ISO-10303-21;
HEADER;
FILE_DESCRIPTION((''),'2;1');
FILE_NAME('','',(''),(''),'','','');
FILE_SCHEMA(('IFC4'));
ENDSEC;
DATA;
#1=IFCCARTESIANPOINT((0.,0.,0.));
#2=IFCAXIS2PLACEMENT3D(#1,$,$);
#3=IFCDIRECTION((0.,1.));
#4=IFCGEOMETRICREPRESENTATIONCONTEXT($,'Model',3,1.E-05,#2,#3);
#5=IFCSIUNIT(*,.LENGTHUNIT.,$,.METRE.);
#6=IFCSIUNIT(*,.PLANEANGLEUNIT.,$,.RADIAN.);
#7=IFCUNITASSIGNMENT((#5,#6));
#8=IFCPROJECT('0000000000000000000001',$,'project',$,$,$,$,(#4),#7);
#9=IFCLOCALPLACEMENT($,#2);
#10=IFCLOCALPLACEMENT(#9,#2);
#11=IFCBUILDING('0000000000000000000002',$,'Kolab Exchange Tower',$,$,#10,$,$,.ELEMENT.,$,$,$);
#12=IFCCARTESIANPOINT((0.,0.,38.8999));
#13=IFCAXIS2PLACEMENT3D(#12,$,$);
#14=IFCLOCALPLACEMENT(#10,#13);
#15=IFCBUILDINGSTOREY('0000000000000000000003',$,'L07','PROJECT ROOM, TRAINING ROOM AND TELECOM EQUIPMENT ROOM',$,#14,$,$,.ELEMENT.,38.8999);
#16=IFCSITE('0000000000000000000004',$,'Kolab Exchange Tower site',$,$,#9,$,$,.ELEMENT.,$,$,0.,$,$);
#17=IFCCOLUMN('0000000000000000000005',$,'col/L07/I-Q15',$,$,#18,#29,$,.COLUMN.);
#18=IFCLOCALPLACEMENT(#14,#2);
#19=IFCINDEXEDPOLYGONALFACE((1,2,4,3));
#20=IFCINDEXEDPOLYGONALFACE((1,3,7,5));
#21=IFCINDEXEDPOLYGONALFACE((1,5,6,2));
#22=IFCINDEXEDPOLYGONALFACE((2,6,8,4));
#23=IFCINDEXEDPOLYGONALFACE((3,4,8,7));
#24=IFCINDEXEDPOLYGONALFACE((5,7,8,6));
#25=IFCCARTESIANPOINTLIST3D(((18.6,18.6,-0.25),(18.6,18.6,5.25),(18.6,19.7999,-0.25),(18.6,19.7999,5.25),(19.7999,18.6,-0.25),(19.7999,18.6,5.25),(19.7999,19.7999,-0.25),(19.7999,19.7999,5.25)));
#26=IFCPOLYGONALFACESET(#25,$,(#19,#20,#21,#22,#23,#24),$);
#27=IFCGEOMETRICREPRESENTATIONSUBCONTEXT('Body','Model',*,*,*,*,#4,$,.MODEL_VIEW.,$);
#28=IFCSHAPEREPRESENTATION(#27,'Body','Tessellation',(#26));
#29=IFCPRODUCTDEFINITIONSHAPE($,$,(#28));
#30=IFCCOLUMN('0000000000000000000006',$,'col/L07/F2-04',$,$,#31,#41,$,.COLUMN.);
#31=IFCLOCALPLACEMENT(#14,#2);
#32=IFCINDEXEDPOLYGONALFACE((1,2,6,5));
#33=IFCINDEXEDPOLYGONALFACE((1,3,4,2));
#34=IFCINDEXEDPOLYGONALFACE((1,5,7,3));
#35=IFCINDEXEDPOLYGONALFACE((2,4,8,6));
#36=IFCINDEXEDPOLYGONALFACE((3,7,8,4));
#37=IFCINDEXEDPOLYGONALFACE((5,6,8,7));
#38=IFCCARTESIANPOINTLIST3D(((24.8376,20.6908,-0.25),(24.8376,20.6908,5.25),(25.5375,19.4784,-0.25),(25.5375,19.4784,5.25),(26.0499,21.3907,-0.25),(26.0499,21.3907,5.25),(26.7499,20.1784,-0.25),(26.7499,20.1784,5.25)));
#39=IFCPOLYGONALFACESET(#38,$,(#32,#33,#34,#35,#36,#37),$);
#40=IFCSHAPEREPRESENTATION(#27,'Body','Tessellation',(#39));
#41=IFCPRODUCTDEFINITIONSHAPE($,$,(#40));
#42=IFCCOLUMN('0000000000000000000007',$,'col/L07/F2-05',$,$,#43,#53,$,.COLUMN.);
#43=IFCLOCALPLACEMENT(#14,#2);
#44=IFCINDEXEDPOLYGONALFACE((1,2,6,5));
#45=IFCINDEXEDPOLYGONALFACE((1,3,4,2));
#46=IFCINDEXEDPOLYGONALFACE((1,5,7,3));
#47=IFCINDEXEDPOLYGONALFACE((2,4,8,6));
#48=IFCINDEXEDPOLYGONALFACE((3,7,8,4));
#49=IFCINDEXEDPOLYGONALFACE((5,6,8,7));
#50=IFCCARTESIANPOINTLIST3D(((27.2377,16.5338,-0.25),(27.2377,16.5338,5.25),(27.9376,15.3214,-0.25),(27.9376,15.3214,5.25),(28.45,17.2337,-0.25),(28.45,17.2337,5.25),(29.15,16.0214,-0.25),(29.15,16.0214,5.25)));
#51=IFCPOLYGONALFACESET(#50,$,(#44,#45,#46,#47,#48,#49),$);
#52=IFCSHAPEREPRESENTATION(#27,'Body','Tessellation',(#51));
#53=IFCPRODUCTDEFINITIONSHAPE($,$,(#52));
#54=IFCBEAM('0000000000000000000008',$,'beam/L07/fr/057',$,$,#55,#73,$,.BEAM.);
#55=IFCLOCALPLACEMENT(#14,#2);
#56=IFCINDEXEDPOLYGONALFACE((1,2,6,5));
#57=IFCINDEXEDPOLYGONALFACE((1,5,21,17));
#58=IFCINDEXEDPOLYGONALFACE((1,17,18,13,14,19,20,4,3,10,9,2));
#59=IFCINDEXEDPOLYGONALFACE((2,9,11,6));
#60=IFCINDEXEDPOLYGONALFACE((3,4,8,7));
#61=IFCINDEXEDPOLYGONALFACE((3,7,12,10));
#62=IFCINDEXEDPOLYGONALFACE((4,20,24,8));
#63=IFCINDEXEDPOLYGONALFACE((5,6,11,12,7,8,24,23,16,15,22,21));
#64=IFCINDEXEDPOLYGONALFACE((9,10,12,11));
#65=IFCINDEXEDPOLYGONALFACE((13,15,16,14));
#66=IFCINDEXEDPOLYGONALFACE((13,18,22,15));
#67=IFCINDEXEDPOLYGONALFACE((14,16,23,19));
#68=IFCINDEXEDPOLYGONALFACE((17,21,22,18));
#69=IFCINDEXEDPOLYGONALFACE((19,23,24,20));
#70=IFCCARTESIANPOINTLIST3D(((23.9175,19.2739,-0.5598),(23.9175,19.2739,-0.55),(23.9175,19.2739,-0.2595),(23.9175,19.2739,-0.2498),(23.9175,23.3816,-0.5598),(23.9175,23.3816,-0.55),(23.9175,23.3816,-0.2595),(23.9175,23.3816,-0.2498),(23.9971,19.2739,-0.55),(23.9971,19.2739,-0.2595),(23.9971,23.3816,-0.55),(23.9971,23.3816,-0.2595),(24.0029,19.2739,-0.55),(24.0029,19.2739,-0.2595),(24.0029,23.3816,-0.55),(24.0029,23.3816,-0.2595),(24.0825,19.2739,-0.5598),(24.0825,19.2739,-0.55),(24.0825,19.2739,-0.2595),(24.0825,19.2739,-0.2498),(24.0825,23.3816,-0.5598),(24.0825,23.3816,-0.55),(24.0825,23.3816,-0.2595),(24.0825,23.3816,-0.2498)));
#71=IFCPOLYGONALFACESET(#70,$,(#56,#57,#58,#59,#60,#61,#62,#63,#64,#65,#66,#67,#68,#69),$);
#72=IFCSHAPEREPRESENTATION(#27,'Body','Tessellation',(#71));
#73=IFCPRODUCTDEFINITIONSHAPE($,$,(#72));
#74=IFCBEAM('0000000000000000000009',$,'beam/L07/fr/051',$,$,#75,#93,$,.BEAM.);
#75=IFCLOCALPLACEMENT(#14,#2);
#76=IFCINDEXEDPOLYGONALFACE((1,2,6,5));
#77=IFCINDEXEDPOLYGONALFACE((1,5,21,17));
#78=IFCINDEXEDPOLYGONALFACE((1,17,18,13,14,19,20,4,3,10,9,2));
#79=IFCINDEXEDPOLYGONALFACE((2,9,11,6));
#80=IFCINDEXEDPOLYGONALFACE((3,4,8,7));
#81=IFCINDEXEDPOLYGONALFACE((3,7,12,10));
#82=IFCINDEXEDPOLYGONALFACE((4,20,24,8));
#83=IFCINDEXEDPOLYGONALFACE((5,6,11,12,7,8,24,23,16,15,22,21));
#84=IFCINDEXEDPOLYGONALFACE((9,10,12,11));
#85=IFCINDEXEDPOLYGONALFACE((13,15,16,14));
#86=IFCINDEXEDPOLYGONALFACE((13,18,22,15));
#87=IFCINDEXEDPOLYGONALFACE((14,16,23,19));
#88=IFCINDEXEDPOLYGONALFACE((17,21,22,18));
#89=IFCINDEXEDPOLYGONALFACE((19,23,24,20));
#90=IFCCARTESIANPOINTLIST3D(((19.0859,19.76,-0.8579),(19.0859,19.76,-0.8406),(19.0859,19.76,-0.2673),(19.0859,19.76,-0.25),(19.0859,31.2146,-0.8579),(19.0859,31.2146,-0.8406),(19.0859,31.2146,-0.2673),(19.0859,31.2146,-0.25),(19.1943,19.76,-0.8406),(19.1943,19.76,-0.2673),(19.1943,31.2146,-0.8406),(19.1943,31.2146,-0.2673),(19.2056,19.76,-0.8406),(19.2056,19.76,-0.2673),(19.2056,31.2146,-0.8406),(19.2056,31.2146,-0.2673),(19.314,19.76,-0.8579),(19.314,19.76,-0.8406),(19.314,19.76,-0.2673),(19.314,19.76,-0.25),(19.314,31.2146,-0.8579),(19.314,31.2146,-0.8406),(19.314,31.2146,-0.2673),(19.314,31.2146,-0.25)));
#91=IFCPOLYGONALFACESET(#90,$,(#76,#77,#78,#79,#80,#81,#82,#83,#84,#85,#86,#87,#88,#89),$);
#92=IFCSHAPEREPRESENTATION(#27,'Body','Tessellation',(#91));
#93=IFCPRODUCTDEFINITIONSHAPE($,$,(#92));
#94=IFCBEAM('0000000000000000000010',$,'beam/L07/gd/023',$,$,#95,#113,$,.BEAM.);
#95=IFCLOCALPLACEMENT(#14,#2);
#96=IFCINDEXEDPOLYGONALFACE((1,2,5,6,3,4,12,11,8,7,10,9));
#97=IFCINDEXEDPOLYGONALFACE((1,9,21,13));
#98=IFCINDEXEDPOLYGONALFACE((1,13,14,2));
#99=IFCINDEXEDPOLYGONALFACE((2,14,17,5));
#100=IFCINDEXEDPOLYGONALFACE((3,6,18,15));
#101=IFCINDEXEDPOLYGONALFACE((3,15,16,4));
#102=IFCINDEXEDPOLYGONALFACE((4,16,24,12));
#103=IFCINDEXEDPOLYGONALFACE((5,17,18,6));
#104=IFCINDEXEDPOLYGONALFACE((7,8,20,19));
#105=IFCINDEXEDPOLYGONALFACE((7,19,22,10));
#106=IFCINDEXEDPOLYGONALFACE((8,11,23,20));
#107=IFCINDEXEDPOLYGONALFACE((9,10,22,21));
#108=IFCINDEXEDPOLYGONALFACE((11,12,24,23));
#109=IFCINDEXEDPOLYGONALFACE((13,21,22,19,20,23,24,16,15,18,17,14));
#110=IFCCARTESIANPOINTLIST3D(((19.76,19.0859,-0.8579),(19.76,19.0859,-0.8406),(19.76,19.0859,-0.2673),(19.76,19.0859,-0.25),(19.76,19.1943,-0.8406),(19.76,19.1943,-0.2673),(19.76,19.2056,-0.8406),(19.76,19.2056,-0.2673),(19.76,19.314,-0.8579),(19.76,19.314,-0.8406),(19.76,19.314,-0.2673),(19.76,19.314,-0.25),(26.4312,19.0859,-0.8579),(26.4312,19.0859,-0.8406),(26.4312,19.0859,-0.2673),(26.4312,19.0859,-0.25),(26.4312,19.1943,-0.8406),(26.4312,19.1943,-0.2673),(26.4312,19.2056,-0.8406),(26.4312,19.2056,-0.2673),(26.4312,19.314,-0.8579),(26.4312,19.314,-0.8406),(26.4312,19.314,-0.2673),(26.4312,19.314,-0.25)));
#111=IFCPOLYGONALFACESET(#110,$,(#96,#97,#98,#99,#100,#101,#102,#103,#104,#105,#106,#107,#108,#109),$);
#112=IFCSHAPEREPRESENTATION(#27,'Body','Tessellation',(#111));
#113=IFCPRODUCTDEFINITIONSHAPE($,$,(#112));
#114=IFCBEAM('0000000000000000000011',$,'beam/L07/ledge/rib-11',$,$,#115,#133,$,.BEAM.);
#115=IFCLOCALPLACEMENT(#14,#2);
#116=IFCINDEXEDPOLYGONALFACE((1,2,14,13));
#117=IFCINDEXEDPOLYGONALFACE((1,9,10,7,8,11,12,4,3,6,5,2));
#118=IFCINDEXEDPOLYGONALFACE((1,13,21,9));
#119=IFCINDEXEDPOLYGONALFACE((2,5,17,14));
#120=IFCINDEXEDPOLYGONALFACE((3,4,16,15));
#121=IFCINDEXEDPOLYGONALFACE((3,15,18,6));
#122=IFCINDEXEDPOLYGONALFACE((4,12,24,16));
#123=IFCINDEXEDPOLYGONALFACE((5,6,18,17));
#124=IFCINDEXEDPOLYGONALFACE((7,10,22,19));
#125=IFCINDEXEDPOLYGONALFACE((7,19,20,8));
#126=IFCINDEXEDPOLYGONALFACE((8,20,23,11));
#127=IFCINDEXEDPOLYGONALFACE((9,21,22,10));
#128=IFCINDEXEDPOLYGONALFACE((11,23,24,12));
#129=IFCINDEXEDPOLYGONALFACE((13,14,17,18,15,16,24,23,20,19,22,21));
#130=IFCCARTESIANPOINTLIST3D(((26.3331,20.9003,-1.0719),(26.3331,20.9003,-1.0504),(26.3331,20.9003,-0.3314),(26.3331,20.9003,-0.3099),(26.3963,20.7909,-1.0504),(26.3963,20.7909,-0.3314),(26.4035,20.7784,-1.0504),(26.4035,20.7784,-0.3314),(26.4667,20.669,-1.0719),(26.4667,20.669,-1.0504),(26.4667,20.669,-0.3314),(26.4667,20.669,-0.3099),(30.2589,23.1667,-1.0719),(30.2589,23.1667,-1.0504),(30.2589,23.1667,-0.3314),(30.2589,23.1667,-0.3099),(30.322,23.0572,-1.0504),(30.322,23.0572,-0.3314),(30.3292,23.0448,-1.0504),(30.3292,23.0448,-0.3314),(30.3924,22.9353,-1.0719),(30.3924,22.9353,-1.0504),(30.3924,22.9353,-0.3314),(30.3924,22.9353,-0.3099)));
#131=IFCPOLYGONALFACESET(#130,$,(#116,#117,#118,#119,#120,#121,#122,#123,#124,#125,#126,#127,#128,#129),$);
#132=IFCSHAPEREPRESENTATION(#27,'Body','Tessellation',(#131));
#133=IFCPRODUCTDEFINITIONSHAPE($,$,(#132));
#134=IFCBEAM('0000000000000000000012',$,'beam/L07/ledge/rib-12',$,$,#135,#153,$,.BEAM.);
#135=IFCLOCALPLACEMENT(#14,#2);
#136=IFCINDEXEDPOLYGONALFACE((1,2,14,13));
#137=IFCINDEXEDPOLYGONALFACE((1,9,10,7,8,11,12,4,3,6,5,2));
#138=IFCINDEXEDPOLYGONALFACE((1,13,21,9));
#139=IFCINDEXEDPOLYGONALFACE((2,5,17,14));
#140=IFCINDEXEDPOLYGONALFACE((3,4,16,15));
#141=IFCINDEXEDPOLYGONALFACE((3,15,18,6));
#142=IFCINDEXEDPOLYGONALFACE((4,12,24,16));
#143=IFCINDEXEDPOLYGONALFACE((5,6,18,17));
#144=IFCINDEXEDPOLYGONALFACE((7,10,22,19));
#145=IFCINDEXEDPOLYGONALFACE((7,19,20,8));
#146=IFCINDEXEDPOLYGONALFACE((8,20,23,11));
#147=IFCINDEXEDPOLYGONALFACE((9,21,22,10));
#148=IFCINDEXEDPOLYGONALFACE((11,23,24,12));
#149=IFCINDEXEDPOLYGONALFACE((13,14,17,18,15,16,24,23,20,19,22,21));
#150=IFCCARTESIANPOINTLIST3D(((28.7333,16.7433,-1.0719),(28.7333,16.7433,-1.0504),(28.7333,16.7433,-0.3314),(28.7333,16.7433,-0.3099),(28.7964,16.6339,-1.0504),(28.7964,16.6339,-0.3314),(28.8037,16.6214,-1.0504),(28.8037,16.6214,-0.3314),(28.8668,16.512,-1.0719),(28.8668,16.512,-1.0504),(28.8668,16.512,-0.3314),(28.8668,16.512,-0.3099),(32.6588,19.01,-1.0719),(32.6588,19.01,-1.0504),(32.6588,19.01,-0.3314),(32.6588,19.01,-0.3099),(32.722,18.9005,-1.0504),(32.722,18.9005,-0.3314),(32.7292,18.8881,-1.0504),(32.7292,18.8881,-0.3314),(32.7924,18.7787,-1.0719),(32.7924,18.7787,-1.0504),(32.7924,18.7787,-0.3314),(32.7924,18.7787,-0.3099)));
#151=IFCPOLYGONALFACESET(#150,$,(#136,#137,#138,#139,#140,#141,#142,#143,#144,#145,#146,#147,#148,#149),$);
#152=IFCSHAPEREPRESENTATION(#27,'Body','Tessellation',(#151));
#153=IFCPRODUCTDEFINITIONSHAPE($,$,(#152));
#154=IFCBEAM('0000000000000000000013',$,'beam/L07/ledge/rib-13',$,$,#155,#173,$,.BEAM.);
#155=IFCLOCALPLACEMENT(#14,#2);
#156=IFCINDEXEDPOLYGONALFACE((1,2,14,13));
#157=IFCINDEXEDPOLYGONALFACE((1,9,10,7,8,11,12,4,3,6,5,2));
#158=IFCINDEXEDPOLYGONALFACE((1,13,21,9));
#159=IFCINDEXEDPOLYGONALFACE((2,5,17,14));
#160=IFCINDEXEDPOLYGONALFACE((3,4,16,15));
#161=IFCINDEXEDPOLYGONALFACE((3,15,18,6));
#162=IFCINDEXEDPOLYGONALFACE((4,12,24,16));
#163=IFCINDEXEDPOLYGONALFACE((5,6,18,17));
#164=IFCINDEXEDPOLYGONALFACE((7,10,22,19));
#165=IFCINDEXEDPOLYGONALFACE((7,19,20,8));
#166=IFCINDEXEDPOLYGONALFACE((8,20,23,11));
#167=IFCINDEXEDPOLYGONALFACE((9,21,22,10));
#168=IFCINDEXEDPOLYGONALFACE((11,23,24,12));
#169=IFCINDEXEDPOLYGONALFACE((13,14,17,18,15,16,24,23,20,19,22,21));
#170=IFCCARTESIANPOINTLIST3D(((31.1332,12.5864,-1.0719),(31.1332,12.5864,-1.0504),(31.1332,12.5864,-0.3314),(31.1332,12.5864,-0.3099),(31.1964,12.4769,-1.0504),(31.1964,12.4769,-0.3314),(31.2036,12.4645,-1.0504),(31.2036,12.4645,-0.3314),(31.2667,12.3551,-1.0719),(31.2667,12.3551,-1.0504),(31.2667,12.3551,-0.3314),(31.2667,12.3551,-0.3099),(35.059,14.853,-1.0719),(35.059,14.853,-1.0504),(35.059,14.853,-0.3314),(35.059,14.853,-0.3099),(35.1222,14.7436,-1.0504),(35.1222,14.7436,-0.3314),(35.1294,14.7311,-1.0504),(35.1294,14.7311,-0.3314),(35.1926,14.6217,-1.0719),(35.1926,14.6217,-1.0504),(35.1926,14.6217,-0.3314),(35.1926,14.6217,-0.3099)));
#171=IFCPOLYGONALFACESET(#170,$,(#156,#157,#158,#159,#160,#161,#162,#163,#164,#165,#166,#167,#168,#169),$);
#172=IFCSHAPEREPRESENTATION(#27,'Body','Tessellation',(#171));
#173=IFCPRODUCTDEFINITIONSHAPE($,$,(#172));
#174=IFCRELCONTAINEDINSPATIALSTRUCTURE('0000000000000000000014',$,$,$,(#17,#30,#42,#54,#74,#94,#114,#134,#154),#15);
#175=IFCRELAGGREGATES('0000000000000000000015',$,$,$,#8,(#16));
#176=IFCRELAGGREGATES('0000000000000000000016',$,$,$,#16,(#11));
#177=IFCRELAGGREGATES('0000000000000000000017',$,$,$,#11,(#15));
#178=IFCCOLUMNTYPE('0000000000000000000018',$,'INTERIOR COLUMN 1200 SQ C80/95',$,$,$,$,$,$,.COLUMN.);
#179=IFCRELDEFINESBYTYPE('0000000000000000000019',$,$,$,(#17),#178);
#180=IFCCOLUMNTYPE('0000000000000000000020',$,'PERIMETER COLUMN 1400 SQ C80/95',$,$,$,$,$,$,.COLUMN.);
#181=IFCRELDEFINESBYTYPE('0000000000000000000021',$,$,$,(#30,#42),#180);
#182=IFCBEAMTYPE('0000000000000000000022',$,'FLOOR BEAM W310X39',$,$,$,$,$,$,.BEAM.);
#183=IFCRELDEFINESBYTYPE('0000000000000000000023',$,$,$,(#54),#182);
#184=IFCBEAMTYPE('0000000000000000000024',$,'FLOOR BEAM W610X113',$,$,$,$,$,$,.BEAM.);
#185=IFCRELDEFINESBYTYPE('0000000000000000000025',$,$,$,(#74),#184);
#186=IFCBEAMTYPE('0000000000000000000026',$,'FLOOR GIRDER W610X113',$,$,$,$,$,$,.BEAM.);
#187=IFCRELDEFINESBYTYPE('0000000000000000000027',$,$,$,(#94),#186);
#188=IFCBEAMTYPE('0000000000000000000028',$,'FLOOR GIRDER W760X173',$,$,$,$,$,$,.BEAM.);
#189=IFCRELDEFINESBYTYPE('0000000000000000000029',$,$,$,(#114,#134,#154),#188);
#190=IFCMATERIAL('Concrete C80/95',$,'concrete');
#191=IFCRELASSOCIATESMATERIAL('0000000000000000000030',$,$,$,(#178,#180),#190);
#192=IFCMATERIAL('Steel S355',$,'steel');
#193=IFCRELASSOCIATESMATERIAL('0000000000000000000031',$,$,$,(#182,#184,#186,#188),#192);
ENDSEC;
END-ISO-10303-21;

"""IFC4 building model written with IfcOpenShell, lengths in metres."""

from ifc_helpers import new_model, si_unit, direction, frame, origin, origin_2d, place, context, subcontext, project, spatial, rectangle, i_section, extrude, material, material_profile, profile_set, type_object, element, save


model = new_model("IFC4")

# Units and contexts
model_context = context("Model", 3, precision=1e-05, world=origin(), true_north=direction((0.0, 1.0)))
body_context = subcontext(model_context, "Body", "Model", "MODEL_VIEW")
ifc_project = project(units=[si_unit("LENGTHUNIT", "METRE"), si_unit("PLANEANGLEUNIT", "RADIAN")], contexts=[model_context])

# Site, building, storey
site_placement = place(None, origin())
site = spatial("IfcSite", under=ifc_project, at=site_placement, Name="Kolab Exchange Tower site", CompositionType="ELEMENT", RefElevation=0.0)
building_placement = place(site_placement, origin())
building = spatial("IfcBuilding", under=site, at=building_placement, Name="Kolab Exchange Tower", CompositionType="ELEMENT")
storey_placement = place(building_placement, frame((0.0, 0.0, 38.8999)))
storey = spatial("IfcBuildingStorey", under=building, at=storey_placement, Name="L07", Description="PROJECT ROOM, TRAINING ROOM AND TELECOM EQUIPMENT ROOM", CompositionType="ELEMENT", Elevation=38.8999)

# Columns
ifc_material_1 = material(Name="Concrete C80/95", Category="concrete")
ifc_material_profile_1 = material_profile(ifc_material_1, rectangle(XDim=1.2, YDim=1.2, at=origin_2d()), Name="RC1200")
ifc_profile_set_1 = profile_set([ifc_material_profile_1], Name="Concrete C80/95")
column_type_1 = type_object("IfcColumnType", Name="INTERIOR COLUMN 1200 SQ C80/95", PredefinedType="COLUMN", material=ifc_profile_set_1)
column_placement = place(storey_placement, frame((19.2, 19.2, -0.25), z_axis=(0.0, 0.0, 1.0), x_axis=(1.0, 0.0, 0.0)))
element("IfcColumn", 1, at=column_placement, inside=storey, type_object=column_type_1, Name="col/L07/I-Q15", PredefinedType="COLUMN", context=body_context, shape_type="SweptSolid", body=[
    extrude(rectangle(XDim=1.2, YDim=1.2, at=origin_2d()), origin(), (0.0, 0.0, 1.0), 5.5),
])
ifc_material_profile_2 = material_profile(ifc_material_1, rectangle(XDim=1.3999, YDim=1.3999, at=origin_2d()), Name="RC1400")
ifc_profile_set_2 = profile_set([ifc_material_profile_2], Name="Concrete C80/95")
column_type_2 = type_object("IfcColumnType", Name="PERIMETER COLUMN 1400 SQ C80/95", PredefinedType="COLUMN", material=ifc_profile_set_2)
for number, where, z_axis, x_axis, name in (
    (2, (25.7937, 20.4346, -0.25), (0.0, 0.0, 1.0), (0.866025, 0.5, 0.0), "col/L07/F2-04"),
    (3, (28.1938, 16.2776, -0.25), (0.0, 0.0, 1.0), (0.866025, 0.5, 0.0), "col/L07/F2-05"),
):
    element("IfcColumn", number, at=place(storey_placement, frame(where, z_axis=z_axis, x_axis=x_axis)), inside=storey, type_object=column_type_2, Name=name, PredefinedType="COLUMN", context=body_context, shape_type="SweptSolid", body=[
        extrude(rectangle(XDim=1.3999, YDim=1.3999, at=origin_2d()), origin(), (0.0, 0.0, 1.0), 5.5),
    ])

# Beams
ifc_material_2 = material(Name="Steel S355", Category="steel")
ifc_material_profile_3 = material_profile(ifc_material_2, i_section(OverallWidth=0.165, OverallDepth=0.3101, WebThickness=0.0059, FlangeThickness=0.0098, at=origin_2d()), Name="W310X39")
ifc_profile_set_3 = profile_set([ifc_material_profile_3], Name="Steel S355")
beam_type_1 = type_object("IfcBeamType", Name="FLOOR BEAM W310X39", PredefinedType="BEAM", material=ifc_profile_set_3)
beam_1_placement = place(storey_placement, frame((24.0, 19.2739, -0.4048), z_axis=(0.0, 1.0, 0.0), x_axis=(-1.0, 0.0, 0.0)))
element("IfcBeam", 4, at=beam_1_placement, inside=storey, type_object=beam_type_1, Name="beam/L07/fr/057", PredefinedType="BEAM", context=body_context, shape_type="SweptSolid", body=[
    extrude(i_section(OverallWidth=0.165, OverallDepth=0.3101, WebThickness=0.0059, FlangeThickness=0.0098, at=origin_2d()), origin(), (0.0, 0.0, 1.0), 4.1077),
])
ifc_material_profile_4 = material_profile(ifc_material_2, i_section(OverallWidth=0.228, OverallDepth=0.6079, WebThickness=0.0112, FlangeThickness=0.0173, at=origin_2d()), Name="W610X113")
ifc_profile_set_4 = profile_set([ifc_material_profile_4], Name="Steel S355")
beam_type_2 = type_object("IfcBeamType", Name="FLOOR BEAM W610X113", PredefinedType="BEAM", material=ifc_profile_set_4)
beam_2_placement = place(storey_placement, frame((19.2, 19.76, -0.554), z_axis=(0.0, 1.0, 0.0), x_axis=(-1.0, 0.0, 0.0)))
element("IfcBeam", 5, at=beam_2_placement, inside=storey, type_object=beam_type_2, Name="beam/L07/fr/051", PredefinedType="BEAM", context=body_context, shape_type="SweptSolid", body=[
    extrude(i_section(OverallWidth=0.228, OverallDepth=0.6079, WebThickness=0.0112, FlangeThickness=0.0173, at=origin_2d()), origin(), (0.0, 0.0, 1.0), 11.4546),
])
ifc_material_profile_5 = material_profile(ifc_material_2, i_section(OverallWidth=0.228, OverallDepth=0.6079, WebThickness=0.0112, FlangeThickness=0.0173, at=origin_2d()), Name="W610X113")
ifc_profile_set_5 = profile_set([ifc_material_profile_5], Name="Steel S355")
beam_type_3 = type_object("IfcBeamType", Name="FLOOR GIRDER W610X113", PredefinedType="BEAM", material=ifc_profile_set_5)
beam_3_placement = place(storey_placement, frame((19.76, 19.2, -0.554), z_axis=(1.0, 0.0, 0.0), x_axis=(0.0, 1.0, 0.0)))
element("IfcBeam", 6, at=beam_3_placement, inside=storey, type_object=beam_type_3, Name="beam/L07/gd/023", PredefinedType="BEAM", context=body_context, shape_type="SweptSolid", body=[
    extrude(i_section(OverallWidth=0.228, OverallDepth=0.6079, WebThickness=0.0112, FlangeThickness=0.0173, at=origin_2d()), origin(), (0.0, 0.0, 1.0), 6.6711),
])
ifc_material_profile_6 = material_profile(ifc_material_2, i_section(OverallWidth=0.2671, OverallDepth=0.762, WebThickness=0.0144, FlangeThickness=0.0215, at=origin_2d()), Name="W760X173")
ifc_profile_set_6 = profile_set([ifc_material_profile_6], Name="Steel S355")
beam_type_4 = type_object("IfcBeamType", Name="FLOOR GIRDER W760X173", PredefinedType="BEAM", material=ifc_profile_set_6)
for number, where, z_axis, x_axis, name in (
    (7, (26.3999, 20.7847, -0.6909), (0.866044, 0.499968, 0.0), (-0.499968, 0.866044, 0.0), "beam/L07/ledge/rib-11"),
    (8, (28.8, 16.6277, -0.6909), (0.866007, 0.500032, 0.0), (-0.500032, 0.866007, 0.0), "beam/L07/ledge/rib-12"),
):
    element("IfcBeam", number, at=place(storey_placement, frame(where, z_axis=z_axis, x_axis=x_axis)), inside=storey, type_object=beam_type_4, Name=name, PredefinedType="BEAM", context=body_context, shape_type="SweptSolid", body=[
        extrude(i_section(OverallWidth=0.2671, OverallDepth=0.762, WebThickness=0.0144, FlangeThickness=0.0215, at=origin_2d()), origin(), (0.0, 0.0, 1.0), 4.533),
    ])
beam_4_placement = place(storey_placement, frame((31.2, 12.4707, -0.6909), z_axis=(0.866021, 0.500008, 0.0), x_axis=(-0.500008, 0.866021, 0.0)))
element("IfcBeam", 9, at=beam_4_placement, inside=storey, type_object=beam_type_4, Name="beam/L07/ledge/rib-13", PredefinedType="BEAM", context=body_context, shape_type="SweptSolid", body=[
    extrude(i_section(OverallWidth=0.2671, OverallDepth=0.762, WebThickness=0.0144, FlangeThickness=0.0215, at=origin_2d()), origin(), (0.0, 0.0, 1.0), 4.5332),
])

save(model, "model.ifc")
